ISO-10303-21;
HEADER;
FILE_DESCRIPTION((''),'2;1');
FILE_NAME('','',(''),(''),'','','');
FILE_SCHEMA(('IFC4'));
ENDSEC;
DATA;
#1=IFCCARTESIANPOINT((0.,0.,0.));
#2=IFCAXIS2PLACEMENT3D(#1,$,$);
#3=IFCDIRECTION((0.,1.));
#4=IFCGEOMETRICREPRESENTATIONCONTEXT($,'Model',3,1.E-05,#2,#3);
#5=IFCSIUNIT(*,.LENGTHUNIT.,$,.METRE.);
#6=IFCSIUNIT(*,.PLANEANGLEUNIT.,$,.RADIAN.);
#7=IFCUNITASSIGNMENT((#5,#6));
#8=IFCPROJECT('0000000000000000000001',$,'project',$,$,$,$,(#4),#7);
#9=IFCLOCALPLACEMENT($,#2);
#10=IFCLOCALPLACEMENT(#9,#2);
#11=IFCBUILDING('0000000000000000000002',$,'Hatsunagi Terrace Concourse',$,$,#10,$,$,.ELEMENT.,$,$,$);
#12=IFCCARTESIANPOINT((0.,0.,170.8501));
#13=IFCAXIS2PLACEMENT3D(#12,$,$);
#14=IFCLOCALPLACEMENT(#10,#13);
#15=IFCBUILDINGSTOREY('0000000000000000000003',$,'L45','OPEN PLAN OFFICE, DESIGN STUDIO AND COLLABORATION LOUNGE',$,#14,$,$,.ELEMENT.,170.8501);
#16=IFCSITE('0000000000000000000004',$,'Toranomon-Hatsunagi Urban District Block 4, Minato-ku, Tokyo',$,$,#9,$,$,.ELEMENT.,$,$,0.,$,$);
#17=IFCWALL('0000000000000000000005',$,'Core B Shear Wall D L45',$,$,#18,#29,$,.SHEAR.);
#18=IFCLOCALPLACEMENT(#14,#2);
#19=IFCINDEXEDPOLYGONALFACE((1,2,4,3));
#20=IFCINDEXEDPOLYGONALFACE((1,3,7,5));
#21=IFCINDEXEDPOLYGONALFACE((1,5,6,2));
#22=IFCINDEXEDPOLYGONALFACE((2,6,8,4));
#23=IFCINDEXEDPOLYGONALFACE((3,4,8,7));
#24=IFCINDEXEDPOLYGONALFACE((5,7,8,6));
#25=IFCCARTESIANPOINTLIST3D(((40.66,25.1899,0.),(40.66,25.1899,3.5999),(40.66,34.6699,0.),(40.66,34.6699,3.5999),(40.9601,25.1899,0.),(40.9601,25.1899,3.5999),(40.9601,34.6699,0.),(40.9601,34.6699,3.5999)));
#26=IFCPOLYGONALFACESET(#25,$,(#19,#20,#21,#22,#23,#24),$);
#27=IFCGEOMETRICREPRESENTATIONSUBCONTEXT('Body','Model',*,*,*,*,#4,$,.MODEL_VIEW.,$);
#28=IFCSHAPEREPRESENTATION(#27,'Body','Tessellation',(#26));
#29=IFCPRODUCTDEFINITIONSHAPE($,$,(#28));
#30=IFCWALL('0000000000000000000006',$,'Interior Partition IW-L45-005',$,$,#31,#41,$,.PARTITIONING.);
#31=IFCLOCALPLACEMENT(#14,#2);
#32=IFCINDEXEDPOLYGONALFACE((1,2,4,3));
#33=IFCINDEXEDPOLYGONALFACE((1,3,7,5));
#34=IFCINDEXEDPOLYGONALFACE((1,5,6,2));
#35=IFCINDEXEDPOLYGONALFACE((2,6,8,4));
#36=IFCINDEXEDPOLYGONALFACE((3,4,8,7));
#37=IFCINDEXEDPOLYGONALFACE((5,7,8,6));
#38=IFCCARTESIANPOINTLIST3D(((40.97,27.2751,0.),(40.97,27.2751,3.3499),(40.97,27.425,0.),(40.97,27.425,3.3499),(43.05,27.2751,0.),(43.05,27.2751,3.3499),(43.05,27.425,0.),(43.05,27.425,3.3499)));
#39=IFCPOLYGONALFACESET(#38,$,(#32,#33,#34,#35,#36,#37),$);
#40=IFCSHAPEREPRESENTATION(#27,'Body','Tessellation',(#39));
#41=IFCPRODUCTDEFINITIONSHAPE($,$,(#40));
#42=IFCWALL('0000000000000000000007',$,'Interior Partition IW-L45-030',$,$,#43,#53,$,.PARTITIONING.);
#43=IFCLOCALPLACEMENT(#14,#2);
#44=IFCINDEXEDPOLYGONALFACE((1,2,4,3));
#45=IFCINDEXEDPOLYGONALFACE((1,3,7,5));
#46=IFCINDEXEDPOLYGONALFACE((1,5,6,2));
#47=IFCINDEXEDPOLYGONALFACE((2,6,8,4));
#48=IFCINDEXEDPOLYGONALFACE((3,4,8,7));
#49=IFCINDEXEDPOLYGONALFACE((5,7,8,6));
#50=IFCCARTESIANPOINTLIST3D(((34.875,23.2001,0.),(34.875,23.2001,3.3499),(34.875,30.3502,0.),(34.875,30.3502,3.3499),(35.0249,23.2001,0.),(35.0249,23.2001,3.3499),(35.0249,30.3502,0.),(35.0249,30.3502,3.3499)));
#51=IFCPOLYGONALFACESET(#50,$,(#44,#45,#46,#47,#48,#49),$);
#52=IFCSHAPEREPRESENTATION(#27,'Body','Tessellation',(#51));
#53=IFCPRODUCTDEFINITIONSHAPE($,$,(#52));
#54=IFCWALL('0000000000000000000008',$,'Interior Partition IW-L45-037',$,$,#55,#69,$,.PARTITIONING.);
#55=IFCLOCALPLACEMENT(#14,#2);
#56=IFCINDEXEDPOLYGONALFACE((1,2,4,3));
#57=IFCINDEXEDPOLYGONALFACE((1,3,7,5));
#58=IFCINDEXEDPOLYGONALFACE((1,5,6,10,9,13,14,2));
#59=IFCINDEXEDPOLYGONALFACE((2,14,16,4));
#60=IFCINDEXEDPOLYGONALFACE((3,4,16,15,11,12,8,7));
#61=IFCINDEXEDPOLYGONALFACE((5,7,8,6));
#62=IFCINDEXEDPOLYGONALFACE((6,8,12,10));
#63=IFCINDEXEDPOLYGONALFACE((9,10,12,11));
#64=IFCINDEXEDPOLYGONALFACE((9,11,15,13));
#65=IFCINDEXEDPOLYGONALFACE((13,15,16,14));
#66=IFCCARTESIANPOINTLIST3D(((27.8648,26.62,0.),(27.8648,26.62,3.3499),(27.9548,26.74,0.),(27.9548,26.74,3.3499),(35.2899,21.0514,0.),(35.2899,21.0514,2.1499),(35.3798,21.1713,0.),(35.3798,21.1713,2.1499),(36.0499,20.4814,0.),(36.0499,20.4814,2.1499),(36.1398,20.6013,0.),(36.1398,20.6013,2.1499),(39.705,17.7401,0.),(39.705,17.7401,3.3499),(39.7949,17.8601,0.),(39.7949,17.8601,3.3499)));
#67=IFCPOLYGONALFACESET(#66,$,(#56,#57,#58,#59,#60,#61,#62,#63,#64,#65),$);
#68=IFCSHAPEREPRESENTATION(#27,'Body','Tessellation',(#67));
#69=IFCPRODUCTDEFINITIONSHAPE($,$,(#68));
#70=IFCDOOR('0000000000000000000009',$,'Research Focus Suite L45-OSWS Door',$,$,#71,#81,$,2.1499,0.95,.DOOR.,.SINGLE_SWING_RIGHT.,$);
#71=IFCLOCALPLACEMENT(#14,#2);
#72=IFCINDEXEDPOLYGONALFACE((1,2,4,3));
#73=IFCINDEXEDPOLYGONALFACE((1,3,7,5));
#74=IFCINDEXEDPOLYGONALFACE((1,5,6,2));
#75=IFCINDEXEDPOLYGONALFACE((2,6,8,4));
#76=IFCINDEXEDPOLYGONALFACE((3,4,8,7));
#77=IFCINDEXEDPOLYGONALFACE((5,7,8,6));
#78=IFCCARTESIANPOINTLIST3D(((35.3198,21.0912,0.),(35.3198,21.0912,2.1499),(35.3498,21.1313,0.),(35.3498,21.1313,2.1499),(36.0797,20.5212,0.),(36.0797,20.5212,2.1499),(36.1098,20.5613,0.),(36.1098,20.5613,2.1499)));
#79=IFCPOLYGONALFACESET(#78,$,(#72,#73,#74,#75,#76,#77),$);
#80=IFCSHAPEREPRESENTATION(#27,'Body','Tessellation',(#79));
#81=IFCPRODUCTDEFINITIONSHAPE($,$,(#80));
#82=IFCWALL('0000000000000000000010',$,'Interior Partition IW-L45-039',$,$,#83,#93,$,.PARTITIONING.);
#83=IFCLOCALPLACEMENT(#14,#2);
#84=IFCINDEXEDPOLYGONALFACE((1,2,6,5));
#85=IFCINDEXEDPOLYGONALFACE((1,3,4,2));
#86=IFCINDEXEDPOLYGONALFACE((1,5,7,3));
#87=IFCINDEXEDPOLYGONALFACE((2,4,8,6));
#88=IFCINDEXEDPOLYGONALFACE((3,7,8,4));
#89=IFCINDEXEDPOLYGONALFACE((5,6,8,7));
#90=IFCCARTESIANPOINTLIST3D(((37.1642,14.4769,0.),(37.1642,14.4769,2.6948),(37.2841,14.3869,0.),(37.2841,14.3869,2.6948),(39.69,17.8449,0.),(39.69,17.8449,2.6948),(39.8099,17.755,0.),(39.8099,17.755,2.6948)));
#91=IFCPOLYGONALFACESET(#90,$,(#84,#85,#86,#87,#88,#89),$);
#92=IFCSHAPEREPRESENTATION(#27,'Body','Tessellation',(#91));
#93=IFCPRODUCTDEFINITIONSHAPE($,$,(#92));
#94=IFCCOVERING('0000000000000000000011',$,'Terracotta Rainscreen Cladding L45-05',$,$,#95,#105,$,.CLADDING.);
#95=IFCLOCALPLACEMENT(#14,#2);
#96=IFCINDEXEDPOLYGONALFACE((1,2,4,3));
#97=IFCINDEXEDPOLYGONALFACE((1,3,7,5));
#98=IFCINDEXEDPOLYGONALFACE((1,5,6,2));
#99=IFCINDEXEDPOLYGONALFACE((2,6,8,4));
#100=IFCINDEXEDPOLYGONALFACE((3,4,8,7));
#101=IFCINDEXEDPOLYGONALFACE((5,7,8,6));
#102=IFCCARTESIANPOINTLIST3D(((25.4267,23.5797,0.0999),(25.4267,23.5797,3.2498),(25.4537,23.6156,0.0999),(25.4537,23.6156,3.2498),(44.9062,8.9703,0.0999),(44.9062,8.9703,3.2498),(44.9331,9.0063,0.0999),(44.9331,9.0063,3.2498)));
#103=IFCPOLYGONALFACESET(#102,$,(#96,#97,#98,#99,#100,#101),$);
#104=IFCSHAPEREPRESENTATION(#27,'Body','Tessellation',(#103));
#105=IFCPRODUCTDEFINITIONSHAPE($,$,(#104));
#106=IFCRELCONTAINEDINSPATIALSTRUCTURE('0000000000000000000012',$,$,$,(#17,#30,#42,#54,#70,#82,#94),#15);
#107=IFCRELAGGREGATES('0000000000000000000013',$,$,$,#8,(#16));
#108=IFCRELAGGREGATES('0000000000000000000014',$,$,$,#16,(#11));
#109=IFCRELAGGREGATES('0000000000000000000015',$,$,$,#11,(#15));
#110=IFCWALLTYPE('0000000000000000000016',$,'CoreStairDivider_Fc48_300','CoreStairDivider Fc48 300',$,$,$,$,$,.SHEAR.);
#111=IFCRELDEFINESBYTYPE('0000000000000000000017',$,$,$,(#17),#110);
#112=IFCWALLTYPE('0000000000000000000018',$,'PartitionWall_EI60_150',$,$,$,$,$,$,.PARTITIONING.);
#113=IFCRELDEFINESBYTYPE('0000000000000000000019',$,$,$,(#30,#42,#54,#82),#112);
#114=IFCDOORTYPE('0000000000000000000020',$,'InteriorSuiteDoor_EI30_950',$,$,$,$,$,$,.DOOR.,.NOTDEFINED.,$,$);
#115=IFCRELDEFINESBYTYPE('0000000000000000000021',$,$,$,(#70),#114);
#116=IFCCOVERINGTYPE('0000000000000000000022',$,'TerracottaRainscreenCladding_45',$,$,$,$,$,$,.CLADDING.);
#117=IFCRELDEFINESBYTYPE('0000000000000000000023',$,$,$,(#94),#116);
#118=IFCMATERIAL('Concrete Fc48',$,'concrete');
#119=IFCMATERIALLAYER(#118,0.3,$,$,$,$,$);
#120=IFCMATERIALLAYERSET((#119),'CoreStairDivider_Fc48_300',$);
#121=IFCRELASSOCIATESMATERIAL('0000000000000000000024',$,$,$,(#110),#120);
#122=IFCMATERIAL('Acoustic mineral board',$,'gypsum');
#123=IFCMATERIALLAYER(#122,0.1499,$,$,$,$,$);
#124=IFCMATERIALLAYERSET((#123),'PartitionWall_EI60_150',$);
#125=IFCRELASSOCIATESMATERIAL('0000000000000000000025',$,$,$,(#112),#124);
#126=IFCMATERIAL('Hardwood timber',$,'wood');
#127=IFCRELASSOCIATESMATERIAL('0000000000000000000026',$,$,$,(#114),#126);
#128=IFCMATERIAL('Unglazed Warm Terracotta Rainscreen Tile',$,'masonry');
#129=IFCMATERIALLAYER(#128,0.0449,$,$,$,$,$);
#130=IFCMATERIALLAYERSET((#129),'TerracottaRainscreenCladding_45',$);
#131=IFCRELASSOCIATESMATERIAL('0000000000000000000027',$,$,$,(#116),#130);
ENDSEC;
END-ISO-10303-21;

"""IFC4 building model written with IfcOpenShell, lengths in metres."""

from ifc_helpers import new_model, si_unit, direction, frame, frame_2d, origin, origin_2d, place, context, subcontext, project, spatial, rectangle, extrude, material, layer, layer_set, type_object, element, fill, save


model = new_model("IFC4")

# Units and contexts
model_context = context("Model", 3, precision=1e-05, world=origin(), true_north=direction((0.0, 1.0)))
body_context = subcontext(model_context, "Body", "Model", "MODEL_VIEW")
ifc_project = project(units=[si_unit("LENGTHUNIT", "METRE"), si_unit("PLANEANGLEUNIT", "RADIAN")], contexts=[model_context])

# Site, building, storey
site_placement = place(None, origin())
site = spatial("IfcSite", under=ifc_project, at=site_placement, Name="Toranomon-Hatsunagi Urban District Block 4, Minato-ku, Tokyo", CompositionType="ELEMENT", RefElevation=0.0)
building_placement = place(site_placement, origin())
building = spatial("IfcBuilding", under=site, at=building_placement, Name="Hatsunagi Terrace Concourse", CompositionType="ELEMENT")
storey_placement = place(building_placement, frame((0.0, 0.0, 170.8501)))
storey = spatial("IfcBuildingStorey", under=building, at=storey_placement, Name="L45", Description="OPEN PLAN OFFICE, DESIGN STUDIO AND COLLABORATION LOUNGE", CompositionType="ELEMENT", Elevation=170.8501)

# Walls
ifc_material_1 = material(Name="Concrete Fc48", Category="concrete")
ifc_layer_1 = layer(ifc_material_1, 0.3)
ifc_layer_set_1 = layer_set([ifc_layer_1], Name="CoreStairDivider_Fc48_300")
wall_type_1 = type_object("IfcWallType", Name="CoreStairDivider_Fc48_300", Description="CoreStairDivider Fc48 300", PredefinedType="SHEAR", material=ifc_layer_set_1)
wall_1_placement = place(storey_placement, frame((40.8101, 25.1899, 0.0), z_axis=(0.0, 0.0, 1.0), x_axis=(0.0, 1.0, 0.0)))
element("IfcWall", 1, at=wall_1_placement, inside=storey, type_object=wall_type_1, Name="Core B Shear Wall D L45", PredefinedType="SHEAR", context=body_context, shape_type="SweptSolid", body=[
    extrude(rectangle(XDim=9.48, YDim=0.3, at=frame_2d((4.74, 0.0))), origin(), (0.0, 0.0, 1.0), 3.5999),
])
ifc_material_2 = material(Name="Acoustic mineral board", Category="gypsum")
ifc_layer_2 = layer(ifc_material_2, 0.1499)
ifc_layer_set_2 = layer_set([ifc_layer_2], Name="PartitionWall_EI60_150")
wall_type_2 = type_object("IfcWallType", Name="PartitionWall_EI60_150", PredefinedType="PARTITIONING", material=ifc_layer_set_2)
wall_2_placement = place(storey_placement, frame((40.97, 27.3501, 0.0), z_axis=(0.0, 0.0, 1.0), x_axis=(1.0, 0.0, 0.0)))
element("IfcWall", 2, at=wall_2_placement, inside=storey, type_object=wall_type_2, Name="Interior Partition IW-L45-005", PredefinedType="PARTITIONING", context=body_context, shape_type="SweptSolid", body=[
    extrude(rectangle(XDim=2.0801, YDim=0.1499, at=frame_2d((1.04, 0.0))), origin(), (0.0, 0.0, 1.0), 3.3499),
])
wall_3_placement = place(storey_placement, frame((34.95, 23.2, 0.0), z_axis=(0.0, 0.0, 1.0), x_axis=(0.0, 1.0, 0.0)))
element("IfcWall", 3, at=wall_3_placement, inside=storey, type_object=wall_type_2, Name="Interior Partition IW-L45-030", PredefinedType="PARTITIONING", context=body_context, shape_type="SweptSolid", body=[
    extrude(rectangle(XDim=7.1501, YDim=0.1499, at=frame_2d((3.5752, 0.0))), origin(), (0.0, 0.0, 1.0), 3.3499),
])

# Wall, opening, door
wall_4_placement = place(storey_placement, frame((27.9099, 26.6799, 0.0), z_axis=(0.0, 0.0, 1.0), x_axis=(0.800006, -0.599992, 0.0)))
wall_4 = element("IfcWall", 4, at=wall_4_placement, inside=storey, type_object=wall_type_2, Name="Interior Partition IW-L45-037", PredefinedType="PARTITIONING", context=body_context, shape_type="SweptSolid", body=[
    extrude(rectangle(XDim=14.8, YDim=0.1499, at=frame_2d((7.3999, 0.0))), origin(), (0.0, 0.0, 1.0), 3.3499),
])
opening_placement = place(wall_4_placement, frame((9.281, 0.0, 0.0)))
opening = element("IfcOpeningElement", 5, at=opening_placement, cuts=wall_4, PredefinedType="OPENING", context=body_context, shape_type="SweptSolid", body=[
    extrude(rectangle(XDim=0.95, YDim=2.1499, at=frame_2d((0.4751, 1.075))), frame((0.0, 0.085, 0.0), z_axis=(0.0, -1.0, 0.0), x_axis=(1.0, 0.0, 0.0)), (0.0, 0.0, 1.0), 0.1699),
])
ifc_material_3 = material(Name="Hardwood timber", Category="wood")
door_type = type_object("IfcDoorType", Name="InteriorSuiteDoor_EI30_950", OperationType="NOTDEFINED", PredefinedType="DOOR", material=ifc_material_3)
door_placement = place(opening_placement, origin())
door = element("IfcDoor", 6, at=door_placement, inside=storey, type_object=door_type, Name="Research Focus Suite L45-OSWS Door", OperationType="SINGLE_SWING_RIGHT", OverallHeight=2.1499, OverallWidth=0.95, PredefinedType="DOOR", context=body_context, shape_type="SweptSolid", body=[
    extrude(rectangle(XDim=0.95, YDim=2.1499, at=frame_2d((0.4751, 1.075))), frame((0.0, 0.0249, 0.0), z_axis=(0.0, -1.0, 0.0), x_axis=(1.0, 0.0, 0.0)), (0.0, 0.0, 1.0), 0.05),
])
fill(opening, door)

# Wall
wall_5_placement = place(storey_placement, frame((37.2241, 14.4319, 0.0), z_axis=(0.0, 0.0, 1.0), x_axis=(0.599963, 0.800028, 0.0)))
element("IfcWall", 7, at=wall_5_placement, inside=storey, type_object=wall_type_2, Name="Interior Partition IW-L45-039", PredefinedType="PARTITIONING", context=body_context, shape_type="SweptSolid", body=[
    extrude(rectangle(XDim=4.21, YDim=0.1499, at=frame_2d((2.105, 0.0))), origin(), (0.0, 0.0, 1.0), 2.6948),
])

# Covering
ifc_material_4 = material(Name="Unglazed Warm Terracotta Rainscreen Tile", Category="masonry")
ifc_layer_3 = layer(ifc_material_4, 0.0449)
ifc_layer_set_3 = layer_set([ifc_layer_3], Name="TerracottaRainscreenCladding_45")
covering_type = type_object("IfcCoveringType", Name="TerracottaRainscreenCladding_45", PredefinedType="CLADDING", material=ifc_layer_set_3)
covering_placement = place(storey_placement, frame((35.1799, 16.293, 0.0999), z_axis=(0.0, 0.0, 1.0), x_axis=(-0.800005, 0.599993, 0.0)))
element("IfcCovering", 8, at=covering_placement, inside=storey, type_object=covering_type, Name="Terracotta Rainscreen Cladding L45-05", PredefinedType="CLADDING", context=body_context, shape_type="SweptSolid", body=[
    extrude(rectangle(XDim=24.3491, YDim=0.0449, at=origin_2d()), origin(), (0.0, 0.0, 1.0), 3.1499),
])

save(model, "model.ifc")
